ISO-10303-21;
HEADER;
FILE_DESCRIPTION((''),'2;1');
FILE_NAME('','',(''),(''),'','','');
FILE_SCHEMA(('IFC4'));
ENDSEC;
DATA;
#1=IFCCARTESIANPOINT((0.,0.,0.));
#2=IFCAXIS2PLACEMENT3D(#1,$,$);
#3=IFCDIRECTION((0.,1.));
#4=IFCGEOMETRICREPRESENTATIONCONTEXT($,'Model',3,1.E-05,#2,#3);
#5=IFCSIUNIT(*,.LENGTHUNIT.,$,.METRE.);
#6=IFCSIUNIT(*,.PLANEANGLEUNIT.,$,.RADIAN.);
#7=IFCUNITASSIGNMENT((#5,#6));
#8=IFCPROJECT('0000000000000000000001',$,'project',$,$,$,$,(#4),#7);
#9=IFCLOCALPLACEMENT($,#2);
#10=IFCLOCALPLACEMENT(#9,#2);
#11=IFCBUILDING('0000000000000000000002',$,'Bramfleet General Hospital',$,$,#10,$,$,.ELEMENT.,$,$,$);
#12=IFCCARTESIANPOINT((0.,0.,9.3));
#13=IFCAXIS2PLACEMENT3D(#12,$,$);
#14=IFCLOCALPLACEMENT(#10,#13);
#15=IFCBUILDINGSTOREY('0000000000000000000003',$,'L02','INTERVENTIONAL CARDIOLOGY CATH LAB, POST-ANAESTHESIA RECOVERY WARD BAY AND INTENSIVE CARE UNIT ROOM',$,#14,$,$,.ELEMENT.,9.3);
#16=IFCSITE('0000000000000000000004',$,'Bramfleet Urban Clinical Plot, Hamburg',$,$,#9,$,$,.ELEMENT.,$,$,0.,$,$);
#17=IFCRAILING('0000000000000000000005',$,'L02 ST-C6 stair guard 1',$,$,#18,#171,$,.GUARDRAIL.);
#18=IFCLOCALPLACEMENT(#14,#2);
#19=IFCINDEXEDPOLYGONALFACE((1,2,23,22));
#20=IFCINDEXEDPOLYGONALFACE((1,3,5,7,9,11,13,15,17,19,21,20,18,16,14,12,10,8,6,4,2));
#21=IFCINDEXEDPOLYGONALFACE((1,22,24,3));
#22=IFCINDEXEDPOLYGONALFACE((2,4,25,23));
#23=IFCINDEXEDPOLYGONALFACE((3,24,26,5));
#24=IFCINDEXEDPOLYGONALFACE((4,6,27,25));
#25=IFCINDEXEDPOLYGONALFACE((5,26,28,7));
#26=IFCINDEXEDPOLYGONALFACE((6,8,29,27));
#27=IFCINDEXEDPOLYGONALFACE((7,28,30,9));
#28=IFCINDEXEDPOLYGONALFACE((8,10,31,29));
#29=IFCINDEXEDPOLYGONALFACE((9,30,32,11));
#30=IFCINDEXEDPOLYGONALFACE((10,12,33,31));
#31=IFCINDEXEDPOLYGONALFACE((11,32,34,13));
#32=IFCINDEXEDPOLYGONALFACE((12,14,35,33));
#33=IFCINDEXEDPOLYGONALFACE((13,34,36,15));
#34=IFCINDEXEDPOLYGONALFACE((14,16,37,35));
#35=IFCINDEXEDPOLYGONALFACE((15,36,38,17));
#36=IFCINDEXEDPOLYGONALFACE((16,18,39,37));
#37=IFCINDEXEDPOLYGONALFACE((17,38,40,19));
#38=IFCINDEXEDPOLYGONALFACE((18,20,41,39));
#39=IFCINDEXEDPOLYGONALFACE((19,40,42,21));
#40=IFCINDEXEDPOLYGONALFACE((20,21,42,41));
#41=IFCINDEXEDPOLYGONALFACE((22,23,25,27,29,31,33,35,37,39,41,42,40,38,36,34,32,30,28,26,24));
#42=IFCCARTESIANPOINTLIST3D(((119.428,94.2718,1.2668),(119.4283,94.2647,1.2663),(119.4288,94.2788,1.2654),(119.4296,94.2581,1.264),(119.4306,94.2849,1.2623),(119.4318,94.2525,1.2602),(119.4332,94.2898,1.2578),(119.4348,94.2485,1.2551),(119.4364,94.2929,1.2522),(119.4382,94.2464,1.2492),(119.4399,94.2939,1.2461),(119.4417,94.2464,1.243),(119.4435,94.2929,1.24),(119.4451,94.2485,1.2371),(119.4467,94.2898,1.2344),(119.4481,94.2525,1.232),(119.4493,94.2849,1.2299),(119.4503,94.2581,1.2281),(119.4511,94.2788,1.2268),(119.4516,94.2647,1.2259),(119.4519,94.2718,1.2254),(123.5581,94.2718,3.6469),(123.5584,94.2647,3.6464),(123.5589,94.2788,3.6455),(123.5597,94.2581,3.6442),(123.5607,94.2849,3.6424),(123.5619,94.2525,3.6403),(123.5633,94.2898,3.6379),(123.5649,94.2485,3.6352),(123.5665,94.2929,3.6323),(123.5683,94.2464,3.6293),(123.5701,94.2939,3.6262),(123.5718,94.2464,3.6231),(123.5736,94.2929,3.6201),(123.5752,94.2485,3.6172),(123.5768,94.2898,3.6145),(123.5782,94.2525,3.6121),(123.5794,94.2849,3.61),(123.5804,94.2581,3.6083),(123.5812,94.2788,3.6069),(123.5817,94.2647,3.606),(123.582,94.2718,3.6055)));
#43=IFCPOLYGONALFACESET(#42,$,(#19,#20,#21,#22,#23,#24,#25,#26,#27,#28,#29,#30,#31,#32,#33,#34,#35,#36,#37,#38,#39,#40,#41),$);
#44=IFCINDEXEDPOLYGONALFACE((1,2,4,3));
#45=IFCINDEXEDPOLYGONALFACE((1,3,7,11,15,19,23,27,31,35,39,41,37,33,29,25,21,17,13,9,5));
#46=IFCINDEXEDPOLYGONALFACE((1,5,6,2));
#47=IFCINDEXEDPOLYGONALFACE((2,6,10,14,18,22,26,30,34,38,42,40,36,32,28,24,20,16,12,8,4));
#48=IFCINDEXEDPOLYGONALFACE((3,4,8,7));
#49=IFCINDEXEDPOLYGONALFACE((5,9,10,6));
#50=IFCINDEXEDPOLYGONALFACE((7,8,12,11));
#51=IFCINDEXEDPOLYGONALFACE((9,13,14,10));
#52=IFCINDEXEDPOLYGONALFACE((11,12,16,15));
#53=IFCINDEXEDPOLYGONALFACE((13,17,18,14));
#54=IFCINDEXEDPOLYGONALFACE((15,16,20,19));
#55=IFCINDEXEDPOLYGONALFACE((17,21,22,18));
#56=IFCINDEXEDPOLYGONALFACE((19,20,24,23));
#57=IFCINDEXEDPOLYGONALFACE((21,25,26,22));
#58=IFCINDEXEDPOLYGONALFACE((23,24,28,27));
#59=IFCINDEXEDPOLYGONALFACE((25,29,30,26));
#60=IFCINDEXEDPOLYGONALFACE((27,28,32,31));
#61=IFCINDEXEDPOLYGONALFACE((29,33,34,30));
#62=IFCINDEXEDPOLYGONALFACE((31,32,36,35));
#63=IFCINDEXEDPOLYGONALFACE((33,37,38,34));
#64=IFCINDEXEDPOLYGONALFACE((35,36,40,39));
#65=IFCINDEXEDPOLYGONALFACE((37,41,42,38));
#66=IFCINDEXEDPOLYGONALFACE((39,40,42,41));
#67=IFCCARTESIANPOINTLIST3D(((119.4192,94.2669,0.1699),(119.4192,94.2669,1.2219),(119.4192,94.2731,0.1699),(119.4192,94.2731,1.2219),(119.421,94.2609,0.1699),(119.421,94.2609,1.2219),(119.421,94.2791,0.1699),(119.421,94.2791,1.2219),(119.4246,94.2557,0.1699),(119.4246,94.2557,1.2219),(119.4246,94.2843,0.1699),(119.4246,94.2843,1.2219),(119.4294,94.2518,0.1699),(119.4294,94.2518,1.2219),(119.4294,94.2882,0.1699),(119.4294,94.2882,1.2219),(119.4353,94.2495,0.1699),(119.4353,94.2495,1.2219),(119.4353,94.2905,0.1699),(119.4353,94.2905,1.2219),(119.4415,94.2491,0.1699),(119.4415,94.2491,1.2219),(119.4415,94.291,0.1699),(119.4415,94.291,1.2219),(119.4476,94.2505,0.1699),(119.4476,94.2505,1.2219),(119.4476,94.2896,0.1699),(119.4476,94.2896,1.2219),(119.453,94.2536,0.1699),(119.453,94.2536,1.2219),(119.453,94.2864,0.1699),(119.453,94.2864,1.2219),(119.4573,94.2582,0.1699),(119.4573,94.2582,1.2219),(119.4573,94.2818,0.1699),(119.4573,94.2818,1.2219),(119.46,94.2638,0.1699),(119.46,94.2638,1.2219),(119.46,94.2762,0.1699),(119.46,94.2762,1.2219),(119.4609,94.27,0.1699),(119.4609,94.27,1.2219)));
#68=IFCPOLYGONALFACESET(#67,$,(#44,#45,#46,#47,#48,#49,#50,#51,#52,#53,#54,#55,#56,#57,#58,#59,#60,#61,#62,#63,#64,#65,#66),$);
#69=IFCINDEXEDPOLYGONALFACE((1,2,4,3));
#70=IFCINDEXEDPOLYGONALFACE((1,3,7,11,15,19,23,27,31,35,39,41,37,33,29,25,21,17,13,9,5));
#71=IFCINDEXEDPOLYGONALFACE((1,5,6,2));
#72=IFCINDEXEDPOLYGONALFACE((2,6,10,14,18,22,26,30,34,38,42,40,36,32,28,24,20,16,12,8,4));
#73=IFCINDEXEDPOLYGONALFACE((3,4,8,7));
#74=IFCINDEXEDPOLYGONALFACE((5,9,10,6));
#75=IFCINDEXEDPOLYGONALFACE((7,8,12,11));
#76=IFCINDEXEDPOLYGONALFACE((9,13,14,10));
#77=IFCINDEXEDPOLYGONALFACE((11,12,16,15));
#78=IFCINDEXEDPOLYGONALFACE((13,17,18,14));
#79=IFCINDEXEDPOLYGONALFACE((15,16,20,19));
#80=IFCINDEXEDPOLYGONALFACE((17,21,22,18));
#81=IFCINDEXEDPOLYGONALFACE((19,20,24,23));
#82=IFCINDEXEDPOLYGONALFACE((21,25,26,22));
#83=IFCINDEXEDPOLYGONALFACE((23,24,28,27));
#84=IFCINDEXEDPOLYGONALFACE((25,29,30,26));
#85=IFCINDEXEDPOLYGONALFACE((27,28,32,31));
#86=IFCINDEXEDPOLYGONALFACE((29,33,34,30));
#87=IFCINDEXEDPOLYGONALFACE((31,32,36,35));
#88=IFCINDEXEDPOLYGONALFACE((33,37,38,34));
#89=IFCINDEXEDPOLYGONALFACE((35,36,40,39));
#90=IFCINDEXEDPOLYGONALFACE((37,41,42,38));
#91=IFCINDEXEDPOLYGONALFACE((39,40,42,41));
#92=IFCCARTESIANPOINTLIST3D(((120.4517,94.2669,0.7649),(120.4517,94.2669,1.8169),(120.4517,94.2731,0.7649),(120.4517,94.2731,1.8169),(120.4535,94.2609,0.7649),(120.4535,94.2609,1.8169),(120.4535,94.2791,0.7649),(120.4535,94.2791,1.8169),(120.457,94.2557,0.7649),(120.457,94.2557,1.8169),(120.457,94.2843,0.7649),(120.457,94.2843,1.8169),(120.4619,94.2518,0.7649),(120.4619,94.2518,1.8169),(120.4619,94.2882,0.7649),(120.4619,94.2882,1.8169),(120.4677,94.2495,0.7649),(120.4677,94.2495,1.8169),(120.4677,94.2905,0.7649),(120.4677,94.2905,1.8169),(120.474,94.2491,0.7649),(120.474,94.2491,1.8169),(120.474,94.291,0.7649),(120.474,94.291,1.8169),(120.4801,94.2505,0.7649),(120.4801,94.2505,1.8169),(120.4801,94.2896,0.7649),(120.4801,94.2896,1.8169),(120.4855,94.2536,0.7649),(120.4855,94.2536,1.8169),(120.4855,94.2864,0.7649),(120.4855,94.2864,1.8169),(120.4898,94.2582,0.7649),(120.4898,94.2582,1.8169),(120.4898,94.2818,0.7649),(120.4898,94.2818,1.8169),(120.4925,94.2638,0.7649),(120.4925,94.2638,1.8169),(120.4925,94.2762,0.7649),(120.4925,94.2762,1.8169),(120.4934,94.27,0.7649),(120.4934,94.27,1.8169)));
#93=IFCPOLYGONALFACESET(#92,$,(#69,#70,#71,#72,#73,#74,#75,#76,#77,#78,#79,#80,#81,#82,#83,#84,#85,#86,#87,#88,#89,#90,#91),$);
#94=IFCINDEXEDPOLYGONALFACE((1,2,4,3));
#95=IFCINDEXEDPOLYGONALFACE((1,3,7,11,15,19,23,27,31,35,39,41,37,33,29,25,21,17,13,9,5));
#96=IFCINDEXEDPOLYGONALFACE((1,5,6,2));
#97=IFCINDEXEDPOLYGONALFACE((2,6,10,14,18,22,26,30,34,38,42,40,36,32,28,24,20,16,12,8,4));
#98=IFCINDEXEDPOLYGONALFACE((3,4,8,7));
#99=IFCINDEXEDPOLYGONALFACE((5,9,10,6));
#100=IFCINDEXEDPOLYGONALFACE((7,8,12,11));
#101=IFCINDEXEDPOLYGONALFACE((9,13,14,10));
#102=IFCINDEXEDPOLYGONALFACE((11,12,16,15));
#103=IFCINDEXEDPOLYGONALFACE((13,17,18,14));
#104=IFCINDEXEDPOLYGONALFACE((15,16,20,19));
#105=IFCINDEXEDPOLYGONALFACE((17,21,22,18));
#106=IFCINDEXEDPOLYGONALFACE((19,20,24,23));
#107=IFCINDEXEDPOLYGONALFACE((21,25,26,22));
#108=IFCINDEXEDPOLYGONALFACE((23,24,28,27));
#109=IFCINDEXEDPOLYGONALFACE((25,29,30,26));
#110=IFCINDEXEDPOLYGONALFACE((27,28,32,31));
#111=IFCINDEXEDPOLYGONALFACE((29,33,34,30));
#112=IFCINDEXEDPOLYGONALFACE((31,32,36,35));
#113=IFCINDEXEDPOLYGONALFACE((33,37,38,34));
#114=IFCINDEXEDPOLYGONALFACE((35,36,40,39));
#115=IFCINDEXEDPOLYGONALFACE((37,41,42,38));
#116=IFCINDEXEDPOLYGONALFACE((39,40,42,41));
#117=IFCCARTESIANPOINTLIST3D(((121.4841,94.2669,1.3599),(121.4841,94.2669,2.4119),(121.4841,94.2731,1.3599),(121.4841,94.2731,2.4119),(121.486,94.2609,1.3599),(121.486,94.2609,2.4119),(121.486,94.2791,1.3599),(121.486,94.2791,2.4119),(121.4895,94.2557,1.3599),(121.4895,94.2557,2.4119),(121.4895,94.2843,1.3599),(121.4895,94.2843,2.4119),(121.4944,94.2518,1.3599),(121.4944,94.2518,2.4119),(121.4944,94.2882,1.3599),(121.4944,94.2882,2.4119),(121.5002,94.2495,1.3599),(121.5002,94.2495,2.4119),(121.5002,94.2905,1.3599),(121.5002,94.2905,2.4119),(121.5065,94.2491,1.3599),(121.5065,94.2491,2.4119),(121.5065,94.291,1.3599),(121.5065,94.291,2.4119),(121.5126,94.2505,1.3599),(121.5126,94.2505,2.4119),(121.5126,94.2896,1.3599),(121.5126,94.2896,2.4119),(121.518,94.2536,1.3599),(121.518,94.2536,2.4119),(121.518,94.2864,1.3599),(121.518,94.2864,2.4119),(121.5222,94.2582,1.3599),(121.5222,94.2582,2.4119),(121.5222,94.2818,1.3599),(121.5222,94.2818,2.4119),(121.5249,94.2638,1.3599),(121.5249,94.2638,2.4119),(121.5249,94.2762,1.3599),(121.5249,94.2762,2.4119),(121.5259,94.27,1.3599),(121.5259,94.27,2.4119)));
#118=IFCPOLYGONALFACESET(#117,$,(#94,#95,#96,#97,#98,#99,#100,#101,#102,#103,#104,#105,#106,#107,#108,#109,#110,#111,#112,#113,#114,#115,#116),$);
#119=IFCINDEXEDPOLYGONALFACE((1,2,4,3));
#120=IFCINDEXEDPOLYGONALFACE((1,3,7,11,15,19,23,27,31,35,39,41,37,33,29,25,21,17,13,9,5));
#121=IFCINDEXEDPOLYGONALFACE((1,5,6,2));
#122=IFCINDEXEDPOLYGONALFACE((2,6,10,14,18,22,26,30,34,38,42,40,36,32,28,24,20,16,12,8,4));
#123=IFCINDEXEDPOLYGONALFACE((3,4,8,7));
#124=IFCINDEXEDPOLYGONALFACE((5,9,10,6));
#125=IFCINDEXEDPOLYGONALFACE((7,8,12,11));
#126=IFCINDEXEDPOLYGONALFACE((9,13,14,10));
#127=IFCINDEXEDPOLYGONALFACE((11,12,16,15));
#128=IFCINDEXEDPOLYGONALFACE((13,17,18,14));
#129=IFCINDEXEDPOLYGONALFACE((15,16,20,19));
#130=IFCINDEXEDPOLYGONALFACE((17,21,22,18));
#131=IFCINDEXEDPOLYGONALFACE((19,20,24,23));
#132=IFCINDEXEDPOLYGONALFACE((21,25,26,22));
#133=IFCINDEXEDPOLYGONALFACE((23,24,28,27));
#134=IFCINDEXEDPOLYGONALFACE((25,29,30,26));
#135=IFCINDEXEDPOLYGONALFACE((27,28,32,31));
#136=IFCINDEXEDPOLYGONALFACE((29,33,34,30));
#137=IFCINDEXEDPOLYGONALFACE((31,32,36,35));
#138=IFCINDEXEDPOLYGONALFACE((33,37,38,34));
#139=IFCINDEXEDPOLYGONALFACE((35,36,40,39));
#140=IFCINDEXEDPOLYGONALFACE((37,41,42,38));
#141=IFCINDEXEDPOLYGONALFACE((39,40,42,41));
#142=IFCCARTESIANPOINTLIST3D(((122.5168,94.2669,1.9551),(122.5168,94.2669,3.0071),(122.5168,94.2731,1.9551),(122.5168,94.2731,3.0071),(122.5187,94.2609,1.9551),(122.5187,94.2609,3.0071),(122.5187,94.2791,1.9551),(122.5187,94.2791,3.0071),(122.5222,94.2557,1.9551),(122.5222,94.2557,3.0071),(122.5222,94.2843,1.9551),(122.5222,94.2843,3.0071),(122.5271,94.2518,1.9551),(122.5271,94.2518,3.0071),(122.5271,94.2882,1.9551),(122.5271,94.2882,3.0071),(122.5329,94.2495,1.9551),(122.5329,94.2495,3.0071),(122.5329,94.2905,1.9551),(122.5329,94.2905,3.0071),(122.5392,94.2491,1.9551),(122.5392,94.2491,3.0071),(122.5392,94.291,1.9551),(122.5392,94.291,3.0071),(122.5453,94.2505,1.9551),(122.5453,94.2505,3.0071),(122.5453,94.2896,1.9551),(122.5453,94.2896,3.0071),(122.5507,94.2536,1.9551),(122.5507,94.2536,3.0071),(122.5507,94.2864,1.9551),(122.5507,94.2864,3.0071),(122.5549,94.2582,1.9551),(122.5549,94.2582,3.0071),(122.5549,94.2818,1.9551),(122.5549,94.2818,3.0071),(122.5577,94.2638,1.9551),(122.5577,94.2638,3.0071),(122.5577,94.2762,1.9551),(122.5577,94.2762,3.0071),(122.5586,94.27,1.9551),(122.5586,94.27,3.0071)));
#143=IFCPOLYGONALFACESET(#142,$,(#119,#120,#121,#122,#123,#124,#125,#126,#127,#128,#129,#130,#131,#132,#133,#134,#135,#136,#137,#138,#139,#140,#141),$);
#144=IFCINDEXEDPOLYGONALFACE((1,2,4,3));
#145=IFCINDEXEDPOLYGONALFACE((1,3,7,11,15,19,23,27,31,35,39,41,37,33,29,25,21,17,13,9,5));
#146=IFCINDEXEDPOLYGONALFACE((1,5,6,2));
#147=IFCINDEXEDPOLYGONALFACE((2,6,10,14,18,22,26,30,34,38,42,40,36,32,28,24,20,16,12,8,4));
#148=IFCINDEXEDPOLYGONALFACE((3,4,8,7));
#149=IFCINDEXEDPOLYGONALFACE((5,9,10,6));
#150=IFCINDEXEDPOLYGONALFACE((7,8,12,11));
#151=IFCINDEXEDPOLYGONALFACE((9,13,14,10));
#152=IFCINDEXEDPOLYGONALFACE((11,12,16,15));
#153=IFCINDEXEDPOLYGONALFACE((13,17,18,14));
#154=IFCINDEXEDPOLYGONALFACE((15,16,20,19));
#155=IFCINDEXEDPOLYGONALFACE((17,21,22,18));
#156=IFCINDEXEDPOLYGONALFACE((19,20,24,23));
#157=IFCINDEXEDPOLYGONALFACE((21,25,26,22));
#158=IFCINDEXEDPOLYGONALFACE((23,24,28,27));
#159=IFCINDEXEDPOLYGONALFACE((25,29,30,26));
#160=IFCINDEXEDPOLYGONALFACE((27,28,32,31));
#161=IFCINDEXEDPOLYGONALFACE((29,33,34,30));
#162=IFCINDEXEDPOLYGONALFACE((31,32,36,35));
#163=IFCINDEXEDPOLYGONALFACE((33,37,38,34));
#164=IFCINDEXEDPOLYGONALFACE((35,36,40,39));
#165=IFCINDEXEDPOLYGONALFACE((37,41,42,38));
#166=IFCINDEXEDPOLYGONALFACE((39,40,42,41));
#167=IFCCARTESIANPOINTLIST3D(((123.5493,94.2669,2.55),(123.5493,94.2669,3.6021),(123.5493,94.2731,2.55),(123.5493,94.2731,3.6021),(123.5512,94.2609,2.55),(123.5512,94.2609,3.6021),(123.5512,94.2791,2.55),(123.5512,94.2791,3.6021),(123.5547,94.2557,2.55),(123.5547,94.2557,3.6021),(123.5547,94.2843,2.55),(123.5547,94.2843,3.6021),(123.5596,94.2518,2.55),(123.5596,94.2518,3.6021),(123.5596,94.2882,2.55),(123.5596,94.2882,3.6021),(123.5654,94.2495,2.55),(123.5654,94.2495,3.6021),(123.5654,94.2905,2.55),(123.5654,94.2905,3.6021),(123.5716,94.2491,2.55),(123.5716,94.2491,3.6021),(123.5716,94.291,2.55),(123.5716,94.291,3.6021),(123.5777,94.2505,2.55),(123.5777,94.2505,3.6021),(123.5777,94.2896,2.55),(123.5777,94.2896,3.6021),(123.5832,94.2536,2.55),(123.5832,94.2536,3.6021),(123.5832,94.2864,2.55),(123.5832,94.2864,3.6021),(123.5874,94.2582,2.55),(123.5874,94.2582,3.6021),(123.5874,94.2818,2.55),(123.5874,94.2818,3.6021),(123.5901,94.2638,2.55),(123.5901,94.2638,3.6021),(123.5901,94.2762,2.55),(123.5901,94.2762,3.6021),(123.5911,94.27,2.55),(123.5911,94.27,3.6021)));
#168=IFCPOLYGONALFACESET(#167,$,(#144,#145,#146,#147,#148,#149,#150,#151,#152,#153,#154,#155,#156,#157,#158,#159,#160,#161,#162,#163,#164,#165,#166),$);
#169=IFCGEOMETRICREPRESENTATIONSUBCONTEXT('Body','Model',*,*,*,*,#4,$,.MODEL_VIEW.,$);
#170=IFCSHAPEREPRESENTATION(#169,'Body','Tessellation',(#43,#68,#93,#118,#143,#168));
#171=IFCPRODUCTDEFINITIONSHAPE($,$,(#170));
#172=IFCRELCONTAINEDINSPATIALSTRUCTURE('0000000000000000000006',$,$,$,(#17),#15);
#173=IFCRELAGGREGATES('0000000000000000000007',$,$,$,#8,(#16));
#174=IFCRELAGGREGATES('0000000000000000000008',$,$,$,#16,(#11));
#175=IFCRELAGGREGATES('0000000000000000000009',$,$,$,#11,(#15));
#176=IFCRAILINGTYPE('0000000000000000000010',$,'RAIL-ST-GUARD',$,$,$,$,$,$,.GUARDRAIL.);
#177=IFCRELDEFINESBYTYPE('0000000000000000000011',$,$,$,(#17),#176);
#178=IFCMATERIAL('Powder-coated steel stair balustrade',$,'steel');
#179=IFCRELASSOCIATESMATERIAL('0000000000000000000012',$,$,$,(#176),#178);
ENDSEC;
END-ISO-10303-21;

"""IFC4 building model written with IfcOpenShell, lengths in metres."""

from ifc_helpers import new_model, si_unit, direction, frame, origin, origin_2d, place, context, subcontext, project, spatial, circle, extrude, material, type_object, element, save


model = new_model("IFC4")

# Units and contexts
model_context = context("Model", 3, precision=1e-05, world=origin(), true_north=direction((0.0, 1.0)))
body_context = subcontext(model_context, "Body", "Model", "MODEL_VIEW")
ifc_project = project(units=[si_unit("LENGTHUNIT", "METRE"), si_unit("PLANEANGLEUNIT", "RADIAN")], contexts=[model_context])

# Site, building, storey
site_placement = place(None, origin())
site = spatial("IfcSite", under=ifc_project, at=site_placement, Name="Bramfleet Urban Clinical Plot, Hamburg", CompositionType="ELEMENT", RefElevation=0.0)
building_placement = place(site_placement, origin())
building = spatial("IfcBuilding", under=site, at=building_placement, Name="Bramfleet General Hospital", CompositionType="ELEMENT")
storey_placement = place(building_placement, frame((0.0, 0.0, 9.3)))
storey = spatial("IfcBuildingStorey", under=building, at=storey_placement, Name="L02", Description="INTERVENTIONAL CARDIOLOGY CATH LAB, POST-ANAESTHESIA RECOVERY WARD BAY AND INTENSIVE CARE UNIT ROOM", CompositionType="ELEMENT", Elevation=9.3)

# Railing
ifc_material_1 = material(Name="Powder-coated steel stair balustrade", Category="steel")
railing_type = type_object("IfcRailingType", Name="RAIL-ST-GUARD", PredefinedType="GUARDRAIL", material=ifc_material_1)
railing_1_placement = place(storey_placement, frame((119.4399, 94.27, 0.1699)))
element("IfcRailing", 1, at=railing_1_placement, inside=storey, type_object=railing_type, Name="L02 ST-C6 stair guard 1", PredefinedType="GUARDRAIL", context=body_context, shape_type="SweptSolid", body=[
    extrude(circle(Radius=0.0239, at=origin_2d()), frame((0.0, 0.0, 1.0762), z_axis=(0.866425, 0.0, 0.499307), x_axis=(0.0, 1.0, 0.0)), (0.0, 0.0, 1.0), 4.7668),
    extrude(circle(Radius=0.021, at=origin_2d()), origin(), (0.0, 0.0, 1.0), 1.052),
    extrude(circle(Radius=0.021, at=origin_2d()), frame((1.0325, 0.0, 0.595)), (0.0, 0.0, 1.0), 1.052),
    extrude(circle(Radius=0.021, at=origin_2d()), frame((2.0649, 0.0, 1.1899)), (0.0, 0.0, 1.0), 1.052),
    extrude(circle(Radius=0.021, at=origin_2d()), frame((3.0977, 0.0, 1.7852)), (0.0, 0.0, 1.0), 1.052),
    extrude(circle(Radius=0.021, at=origin_2d()), frame((4.1301, 0.0, 2.3801)), (0.0, 0.0, 1.0), 1.052),
])

save(model, "model.ifc")
